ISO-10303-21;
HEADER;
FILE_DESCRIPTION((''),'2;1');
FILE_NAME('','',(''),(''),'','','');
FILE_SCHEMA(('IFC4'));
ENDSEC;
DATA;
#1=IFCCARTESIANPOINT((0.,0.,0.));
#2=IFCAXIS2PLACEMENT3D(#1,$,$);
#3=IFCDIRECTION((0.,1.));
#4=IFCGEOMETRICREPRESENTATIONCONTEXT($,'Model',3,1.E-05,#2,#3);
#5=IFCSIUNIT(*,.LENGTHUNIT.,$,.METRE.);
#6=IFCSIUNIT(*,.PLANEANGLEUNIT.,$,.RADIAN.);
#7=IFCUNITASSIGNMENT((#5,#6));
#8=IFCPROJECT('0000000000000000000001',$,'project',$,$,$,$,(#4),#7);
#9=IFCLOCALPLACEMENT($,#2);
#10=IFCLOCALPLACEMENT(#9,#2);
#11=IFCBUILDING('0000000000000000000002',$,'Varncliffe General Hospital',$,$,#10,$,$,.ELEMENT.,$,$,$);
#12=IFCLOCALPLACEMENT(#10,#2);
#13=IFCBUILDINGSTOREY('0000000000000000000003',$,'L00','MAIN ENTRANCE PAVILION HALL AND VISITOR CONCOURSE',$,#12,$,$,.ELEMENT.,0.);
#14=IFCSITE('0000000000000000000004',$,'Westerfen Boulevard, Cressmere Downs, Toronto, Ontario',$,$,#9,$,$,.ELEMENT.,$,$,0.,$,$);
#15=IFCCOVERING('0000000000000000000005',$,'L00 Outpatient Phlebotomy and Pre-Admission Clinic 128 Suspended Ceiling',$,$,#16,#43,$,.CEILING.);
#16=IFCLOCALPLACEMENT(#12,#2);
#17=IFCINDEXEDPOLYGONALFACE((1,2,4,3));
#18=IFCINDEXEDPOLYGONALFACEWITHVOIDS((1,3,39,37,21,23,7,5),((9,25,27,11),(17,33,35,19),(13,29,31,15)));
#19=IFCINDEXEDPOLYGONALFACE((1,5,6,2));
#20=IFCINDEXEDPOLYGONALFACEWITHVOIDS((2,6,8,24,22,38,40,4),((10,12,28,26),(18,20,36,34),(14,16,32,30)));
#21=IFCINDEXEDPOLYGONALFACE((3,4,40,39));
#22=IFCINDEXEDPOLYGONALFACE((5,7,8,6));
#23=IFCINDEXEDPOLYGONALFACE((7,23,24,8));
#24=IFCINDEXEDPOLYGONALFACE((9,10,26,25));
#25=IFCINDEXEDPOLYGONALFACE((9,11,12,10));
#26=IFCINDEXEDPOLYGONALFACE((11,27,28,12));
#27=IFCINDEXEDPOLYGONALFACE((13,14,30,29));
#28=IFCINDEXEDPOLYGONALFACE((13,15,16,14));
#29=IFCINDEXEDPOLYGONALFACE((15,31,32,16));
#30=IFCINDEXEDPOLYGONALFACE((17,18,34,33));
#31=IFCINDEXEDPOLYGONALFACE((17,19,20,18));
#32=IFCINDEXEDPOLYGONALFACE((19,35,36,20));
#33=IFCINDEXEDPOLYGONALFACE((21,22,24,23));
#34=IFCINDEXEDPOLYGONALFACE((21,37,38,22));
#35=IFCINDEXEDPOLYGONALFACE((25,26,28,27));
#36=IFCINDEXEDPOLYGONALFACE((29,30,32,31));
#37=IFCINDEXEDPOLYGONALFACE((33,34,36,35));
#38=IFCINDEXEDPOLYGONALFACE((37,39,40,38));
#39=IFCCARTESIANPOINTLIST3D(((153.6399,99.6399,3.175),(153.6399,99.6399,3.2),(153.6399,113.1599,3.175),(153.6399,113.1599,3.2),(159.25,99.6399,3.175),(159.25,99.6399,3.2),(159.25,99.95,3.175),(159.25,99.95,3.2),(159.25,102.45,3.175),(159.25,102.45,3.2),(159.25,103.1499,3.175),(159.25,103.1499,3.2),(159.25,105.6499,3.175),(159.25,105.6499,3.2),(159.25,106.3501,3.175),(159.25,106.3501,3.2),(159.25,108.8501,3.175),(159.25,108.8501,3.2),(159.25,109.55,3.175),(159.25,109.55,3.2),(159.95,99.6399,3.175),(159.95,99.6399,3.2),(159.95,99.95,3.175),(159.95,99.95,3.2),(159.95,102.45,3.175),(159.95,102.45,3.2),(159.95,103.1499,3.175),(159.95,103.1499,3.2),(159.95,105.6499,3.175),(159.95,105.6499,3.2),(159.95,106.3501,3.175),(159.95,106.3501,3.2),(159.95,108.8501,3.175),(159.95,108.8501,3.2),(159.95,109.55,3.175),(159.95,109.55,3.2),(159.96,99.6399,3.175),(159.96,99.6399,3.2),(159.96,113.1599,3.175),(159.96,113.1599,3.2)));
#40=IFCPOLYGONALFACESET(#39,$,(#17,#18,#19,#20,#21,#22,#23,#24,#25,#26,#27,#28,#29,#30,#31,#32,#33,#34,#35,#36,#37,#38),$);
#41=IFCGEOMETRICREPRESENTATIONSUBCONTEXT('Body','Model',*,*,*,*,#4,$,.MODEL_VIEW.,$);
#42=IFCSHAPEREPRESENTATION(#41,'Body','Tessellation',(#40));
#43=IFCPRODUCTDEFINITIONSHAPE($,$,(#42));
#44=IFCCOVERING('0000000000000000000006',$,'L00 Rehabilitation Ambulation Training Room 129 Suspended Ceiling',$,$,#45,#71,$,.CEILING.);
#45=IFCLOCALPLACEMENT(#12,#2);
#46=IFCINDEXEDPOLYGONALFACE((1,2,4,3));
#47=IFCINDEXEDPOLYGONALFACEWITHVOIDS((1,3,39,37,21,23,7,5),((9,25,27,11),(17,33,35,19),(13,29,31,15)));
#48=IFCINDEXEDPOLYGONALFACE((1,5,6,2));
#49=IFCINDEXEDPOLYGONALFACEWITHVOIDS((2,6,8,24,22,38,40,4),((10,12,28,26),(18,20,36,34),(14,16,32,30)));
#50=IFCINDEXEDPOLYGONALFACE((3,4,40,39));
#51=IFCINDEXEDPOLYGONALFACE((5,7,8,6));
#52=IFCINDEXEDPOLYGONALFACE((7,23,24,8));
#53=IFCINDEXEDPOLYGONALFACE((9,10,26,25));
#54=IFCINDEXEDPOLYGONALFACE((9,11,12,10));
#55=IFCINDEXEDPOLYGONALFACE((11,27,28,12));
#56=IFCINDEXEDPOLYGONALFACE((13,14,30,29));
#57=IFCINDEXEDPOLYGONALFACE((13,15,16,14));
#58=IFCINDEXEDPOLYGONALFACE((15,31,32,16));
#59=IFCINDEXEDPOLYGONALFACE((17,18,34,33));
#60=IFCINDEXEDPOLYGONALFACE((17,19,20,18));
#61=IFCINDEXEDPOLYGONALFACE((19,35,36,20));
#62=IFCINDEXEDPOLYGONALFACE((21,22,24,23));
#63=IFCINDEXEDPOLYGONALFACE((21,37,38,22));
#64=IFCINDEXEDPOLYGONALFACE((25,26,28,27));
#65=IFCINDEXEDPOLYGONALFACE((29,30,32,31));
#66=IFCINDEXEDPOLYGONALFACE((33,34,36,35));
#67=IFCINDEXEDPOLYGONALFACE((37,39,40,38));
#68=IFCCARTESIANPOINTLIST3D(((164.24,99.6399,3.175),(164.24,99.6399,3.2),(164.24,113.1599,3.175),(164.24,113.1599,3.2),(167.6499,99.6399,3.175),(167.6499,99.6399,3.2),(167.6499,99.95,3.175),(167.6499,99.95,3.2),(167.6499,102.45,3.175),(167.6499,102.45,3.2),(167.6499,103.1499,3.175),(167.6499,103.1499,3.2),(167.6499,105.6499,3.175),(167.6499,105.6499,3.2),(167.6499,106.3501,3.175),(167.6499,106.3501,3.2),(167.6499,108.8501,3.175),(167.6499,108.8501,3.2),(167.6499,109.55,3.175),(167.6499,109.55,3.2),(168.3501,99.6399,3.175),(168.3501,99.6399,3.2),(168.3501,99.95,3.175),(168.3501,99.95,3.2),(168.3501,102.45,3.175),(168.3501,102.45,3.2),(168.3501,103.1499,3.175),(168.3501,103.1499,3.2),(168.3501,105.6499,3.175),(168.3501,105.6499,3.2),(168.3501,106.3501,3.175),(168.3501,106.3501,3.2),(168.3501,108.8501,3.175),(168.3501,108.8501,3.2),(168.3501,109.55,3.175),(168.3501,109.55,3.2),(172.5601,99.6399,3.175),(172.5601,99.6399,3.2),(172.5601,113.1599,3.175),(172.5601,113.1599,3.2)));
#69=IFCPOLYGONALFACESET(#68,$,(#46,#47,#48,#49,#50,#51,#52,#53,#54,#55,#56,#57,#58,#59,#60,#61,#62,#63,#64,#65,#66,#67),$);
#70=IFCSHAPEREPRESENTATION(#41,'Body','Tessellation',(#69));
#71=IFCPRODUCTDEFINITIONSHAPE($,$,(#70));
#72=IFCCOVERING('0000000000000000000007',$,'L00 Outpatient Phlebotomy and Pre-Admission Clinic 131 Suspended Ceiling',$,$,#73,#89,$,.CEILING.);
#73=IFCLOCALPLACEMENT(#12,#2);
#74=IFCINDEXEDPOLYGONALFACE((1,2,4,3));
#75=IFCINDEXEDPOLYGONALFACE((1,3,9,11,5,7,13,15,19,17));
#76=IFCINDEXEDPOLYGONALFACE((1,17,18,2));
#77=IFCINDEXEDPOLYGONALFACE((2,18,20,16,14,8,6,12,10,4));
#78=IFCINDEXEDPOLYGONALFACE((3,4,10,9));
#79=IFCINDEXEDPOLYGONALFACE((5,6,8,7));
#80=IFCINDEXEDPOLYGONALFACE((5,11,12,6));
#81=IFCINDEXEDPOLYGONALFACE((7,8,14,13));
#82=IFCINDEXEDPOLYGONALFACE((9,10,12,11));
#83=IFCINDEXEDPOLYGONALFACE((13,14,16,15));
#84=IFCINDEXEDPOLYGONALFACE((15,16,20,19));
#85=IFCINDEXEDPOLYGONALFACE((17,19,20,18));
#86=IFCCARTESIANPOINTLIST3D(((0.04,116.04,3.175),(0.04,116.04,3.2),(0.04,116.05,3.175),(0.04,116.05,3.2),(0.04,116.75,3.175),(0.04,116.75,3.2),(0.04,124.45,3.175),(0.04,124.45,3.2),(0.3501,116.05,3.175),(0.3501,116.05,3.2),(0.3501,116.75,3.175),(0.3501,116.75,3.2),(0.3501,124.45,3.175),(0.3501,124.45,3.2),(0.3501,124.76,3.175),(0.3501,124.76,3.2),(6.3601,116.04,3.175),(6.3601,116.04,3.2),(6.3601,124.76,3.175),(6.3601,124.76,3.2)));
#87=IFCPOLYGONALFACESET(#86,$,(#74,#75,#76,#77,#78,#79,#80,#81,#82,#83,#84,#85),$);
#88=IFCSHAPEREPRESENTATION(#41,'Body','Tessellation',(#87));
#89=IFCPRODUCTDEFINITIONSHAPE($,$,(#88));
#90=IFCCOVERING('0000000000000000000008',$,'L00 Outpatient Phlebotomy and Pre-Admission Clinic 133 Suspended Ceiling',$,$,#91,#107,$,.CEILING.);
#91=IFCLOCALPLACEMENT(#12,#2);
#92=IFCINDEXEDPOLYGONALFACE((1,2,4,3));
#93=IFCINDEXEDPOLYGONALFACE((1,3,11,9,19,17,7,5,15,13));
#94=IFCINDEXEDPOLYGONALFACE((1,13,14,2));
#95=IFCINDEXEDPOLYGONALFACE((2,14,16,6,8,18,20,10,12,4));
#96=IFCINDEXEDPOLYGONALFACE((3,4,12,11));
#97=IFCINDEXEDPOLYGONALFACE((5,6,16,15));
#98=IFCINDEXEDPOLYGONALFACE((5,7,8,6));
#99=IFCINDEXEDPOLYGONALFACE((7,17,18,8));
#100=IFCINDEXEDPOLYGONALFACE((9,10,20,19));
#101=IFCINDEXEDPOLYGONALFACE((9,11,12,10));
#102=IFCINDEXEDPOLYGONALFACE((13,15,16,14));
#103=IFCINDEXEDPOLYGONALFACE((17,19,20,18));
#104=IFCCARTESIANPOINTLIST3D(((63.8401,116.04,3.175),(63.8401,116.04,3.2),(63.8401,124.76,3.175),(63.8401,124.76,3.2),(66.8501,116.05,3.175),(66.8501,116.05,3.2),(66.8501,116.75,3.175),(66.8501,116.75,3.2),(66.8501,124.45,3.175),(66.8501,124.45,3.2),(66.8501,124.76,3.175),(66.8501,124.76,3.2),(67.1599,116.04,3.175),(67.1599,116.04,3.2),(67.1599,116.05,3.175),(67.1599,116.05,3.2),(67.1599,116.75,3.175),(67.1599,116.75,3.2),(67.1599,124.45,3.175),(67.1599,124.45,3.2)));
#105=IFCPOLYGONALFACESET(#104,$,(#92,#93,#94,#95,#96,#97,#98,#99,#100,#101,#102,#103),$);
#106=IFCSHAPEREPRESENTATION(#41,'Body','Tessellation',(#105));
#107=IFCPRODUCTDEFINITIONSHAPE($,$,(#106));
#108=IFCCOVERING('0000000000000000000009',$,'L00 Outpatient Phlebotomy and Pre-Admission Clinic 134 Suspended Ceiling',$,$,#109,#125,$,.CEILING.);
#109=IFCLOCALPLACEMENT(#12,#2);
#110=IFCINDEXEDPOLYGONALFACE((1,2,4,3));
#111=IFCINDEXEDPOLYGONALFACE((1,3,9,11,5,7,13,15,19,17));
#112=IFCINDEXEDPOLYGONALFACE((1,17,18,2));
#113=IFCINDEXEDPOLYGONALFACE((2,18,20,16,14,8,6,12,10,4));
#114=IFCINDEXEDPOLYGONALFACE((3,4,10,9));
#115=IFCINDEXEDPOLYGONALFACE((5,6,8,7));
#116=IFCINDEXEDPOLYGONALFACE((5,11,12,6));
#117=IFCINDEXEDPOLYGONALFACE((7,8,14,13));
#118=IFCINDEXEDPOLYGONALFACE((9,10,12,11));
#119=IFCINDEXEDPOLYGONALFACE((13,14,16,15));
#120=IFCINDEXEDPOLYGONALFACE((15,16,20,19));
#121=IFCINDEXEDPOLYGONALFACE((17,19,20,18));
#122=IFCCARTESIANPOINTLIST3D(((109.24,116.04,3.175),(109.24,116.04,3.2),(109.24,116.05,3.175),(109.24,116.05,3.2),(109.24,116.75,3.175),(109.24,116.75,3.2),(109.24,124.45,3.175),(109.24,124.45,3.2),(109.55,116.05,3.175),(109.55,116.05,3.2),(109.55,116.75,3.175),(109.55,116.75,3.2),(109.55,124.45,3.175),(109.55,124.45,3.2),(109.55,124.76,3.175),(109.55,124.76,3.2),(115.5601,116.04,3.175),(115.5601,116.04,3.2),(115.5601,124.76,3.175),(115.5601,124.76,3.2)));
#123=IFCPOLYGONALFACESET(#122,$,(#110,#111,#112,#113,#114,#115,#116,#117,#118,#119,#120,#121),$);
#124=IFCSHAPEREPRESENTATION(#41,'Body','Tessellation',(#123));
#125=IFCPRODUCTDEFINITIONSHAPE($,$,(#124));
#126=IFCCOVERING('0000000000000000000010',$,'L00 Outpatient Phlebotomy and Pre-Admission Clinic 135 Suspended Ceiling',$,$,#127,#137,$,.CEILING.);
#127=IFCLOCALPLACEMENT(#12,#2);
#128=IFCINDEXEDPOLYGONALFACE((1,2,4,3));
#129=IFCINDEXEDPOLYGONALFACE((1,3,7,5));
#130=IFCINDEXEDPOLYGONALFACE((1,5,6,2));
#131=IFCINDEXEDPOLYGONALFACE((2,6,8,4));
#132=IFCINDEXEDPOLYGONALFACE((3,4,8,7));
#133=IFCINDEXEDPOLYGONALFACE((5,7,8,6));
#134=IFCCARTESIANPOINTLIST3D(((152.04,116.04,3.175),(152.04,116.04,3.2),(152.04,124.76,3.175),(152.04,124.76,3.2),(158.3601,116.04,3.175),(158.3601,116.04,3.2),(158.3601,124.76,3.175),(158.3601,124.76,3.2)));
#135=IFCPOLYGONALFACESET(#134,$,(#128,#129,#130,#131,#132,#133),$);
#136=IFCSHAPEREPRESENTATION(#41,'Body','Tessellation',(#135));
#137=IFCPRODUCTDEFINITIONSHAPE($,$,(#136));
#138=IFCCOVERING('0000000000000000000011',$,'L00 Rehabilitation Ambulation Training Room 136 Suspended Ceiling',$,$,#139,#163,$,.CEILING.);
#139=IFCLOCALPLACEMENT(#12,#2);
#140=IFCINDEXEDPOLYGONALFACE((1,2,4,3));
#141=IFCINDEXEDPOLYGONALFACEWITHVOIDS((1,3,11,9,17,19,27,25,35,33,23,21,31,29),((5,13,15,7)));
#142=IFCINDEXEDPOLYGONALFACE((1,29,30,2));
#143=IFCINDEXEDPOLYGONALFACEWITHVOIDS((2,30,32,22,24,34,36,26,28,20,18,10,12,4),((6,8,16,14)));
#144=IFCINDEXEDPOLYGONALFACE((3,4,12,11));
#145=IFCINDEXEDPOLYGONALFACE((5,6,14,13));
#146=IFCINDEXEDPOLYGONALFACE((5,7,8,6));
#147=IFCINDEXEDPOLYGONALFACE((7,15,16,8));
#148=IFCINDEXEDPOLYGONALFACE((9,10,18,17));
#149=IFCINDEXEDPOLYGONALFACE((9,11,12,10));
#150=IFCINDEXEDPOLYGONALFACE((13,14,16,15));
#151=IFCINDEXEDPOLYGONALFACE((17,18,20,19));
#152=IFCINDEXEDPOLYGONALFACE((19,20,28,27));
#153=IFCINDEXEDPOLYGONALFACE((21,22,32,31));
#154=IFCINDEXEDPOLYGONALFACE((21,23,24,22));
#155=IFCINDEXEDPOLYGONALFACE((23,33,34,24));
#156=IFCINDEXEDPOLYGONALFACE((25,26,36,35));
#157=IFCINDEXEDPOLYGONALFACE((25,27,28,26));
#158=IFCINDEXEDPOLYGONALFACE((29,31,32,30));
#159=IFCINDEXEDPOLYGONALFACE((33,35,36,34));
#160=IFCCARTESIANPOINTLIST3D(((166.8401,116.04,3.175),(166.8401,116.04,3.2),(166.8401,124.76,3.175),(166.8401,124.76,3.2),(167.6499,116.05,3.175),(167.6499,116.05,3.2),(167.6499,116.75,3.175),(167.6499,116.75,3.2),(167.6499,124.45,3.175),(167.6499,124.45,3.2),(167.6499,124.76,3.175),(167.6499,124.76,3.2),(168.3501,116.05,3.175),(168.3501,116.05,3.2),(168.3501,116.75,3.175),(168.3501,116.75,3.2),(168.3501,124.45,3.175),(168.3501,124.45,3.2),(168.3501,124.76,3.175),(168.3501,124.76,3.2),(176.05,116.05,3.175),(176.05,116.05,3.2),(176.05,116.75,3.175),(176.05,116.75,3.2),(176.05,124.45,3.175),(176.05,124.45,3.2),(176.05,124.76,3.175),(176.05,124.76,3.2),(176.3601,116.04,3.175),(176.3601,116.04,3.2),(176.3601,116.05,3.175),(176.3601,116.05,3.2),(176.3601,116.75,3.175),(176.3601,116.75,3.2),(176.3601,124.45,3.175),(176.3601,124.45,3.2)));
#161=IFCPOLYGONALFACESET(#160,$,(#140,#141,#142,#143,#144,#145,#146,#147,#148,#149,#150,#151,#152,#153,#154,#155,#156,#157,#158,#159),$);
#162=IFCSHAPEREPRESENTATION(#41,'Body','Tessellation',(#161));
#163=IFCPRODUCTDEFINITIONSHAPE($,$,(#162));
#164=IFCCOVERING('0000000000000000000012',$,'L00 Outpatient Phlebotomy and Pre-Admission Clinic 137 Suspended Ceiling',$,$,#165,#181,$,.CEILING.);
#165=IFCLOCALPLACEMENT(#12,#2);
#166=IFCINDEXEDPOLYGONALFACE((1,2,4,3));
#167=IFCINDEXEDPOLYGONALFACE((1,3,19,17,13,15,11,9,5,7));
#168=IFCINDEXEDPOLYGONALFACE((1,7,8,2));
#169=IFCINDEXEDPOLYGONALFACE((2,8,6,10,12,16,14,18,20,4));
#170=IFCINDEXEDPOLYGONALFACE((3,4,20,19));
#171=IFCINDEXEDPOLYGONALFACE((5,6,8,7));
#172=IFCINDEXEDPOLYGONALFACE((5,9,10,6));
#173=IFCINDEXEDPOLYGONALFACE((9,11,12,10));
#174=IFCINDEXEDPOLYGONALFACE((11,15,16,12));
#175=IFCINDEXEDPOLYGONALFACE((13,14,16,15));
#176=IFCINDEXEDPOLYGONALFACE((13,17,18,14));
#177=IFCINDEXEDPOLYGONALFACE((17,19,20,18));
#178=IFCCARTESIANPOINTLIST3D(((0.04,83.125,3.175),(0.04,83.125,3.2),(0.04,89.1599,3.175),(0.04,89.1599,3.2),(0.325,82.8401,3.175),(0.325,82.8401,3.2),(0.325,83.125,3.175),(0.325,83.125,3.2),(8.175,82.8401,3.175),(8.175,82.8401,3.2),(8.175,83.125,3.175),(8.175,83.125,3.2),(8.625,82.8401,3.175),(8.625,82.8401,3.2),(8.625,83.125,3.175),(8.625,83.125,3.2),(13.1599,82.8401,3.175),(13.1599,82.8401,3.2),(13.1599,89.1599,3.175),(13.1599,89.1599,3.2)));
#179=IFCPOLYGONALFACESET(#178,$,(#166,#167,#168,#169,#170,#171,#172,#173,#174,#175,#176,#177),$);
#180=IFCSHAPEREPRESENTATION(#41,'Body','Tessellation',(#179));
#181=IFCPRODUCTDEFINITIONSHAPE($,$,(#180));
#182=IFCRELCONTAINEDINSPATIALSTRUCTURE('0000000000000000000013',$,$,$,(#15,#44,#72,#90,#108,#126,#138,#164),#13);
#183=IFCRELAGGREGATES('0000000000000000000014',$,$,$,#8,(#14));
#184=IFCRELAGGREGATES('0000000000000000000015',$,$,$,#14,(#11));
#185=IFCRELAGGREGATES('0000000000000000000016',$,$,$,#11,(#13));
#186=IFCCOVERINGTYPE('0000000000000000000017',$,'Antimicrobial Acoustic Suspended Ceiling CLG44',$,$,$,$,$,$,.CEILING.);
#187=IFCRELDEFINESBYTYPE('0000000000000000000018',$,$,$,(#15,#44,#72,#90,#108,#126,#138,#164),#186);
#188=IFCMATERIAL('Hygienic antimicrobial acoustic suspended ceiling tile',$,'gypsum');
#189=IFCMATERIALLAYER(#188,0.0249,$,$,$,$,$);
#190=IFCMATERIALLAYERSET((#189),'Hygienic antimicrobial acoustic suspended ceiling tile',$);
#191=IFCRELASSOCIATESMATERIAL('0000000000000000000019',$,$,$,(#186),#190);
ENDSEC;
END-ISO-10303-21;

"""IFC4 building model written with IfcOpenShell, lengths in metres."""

from ifc_helpers import new_model, si_unit, direction, frame, origin, place, context, subcontext, project, spatial, polyline, outline, extrude, material, layer, layer_set, type_object, element, save


model = new_model("IFC4")

# Units and contexts
model_context = context("Model", 3, precision=1e-05, world=origin(), true_north=direction((0.0, 1.0)))
body_context = subcontext(model_context, "Body", "Model", "MODEL_VIEW")
ifc_project = project(units=[si_unit("LENGTHUNIT", "METRE"), si_unit("PLANEANGLEUNIT", "RADIAN")], contexts=[model_context])

# Site, building, storey
site_placement = place(None, origin())
site = spatial("IfcSite", under=ifc_project, at=site_placement, Name="Westerfen Boulevard, Cressmere Downs, Toronto, Ontario", CompositionType="ELEMENT", RefElevation=0.0)
building_placement = place(site_placement, origin())
building = spatial("IfcBuilding", under=site, at=building_placement, Name="Varncliffe General Hospital", CompositionType="ELEMENT")
storey_placement = place(building_placement, origin())
storey = spatial("IfcBuildingStorey", under=building, at=storey_placement, Name="L00", Description="MAIN ENTRANCE PAVILION HALL AND VISITOR CONCOURSE", CompositionType="ELEMENT", Elevation=0.0)

# Coverings
ifc_material_1 = material(Name="Hygienic antimicrobial acoustic suspended ceiling tile", Category="gypsum")
ifc_layer_1 = layer(ifc_material_1, 0.0249)
ifc_layer_set_1 = layer_set([ifc_layer_1], Name="Hygienic antimicrobial acoustic suspended ceiling tile")
covering_type_1 = type_object("IfcCoveringType", Name="Antimicrobial Acoustic Suspended Ceiling CLG44", PredefinedType="CEILING", material=ifc_layer_set_1)
covering_1_placement = place(storey_placement, frame((0.0, 0.0, 3.175)))
element("IfcCovering", 1, at=covering_1_placement, inside=storey, type_object=covering_type_1, Name="L00 Outpatient Phlebotomy and Pre-Admission Clinic 128 Suspended Ceiling", PredefinedType="CEILING", context=body_context, shape_type="SweptSolid", body=[
    extrude(outline(polyline([(153.6399, 99.6399), (153.6399, 113.1599), (159.96, 113.1599), (159.96, 99.6399), (159.95, 99.6399), (159.95, 99.95), (159.25, 99.95), (159.25, 99.6399), (153.6399, 99.6399)]), holes=[polyline([(159.95, 102.45), (159.95, 103.1499), (159.25, 103.1499), (159.25, 102.45), (159.95, 102.45)]), polyline([(159.95, 105.6499), (159.95, 106.3501), (159.25, 106.3501), (159.25, 105.6499), (159.95, 105.6499)]), polyline([(159.95, 108.8501), (159.95, 109.55), (159.25, 109.55), (159.25, 108.8501), (159.95, 108.8501)])]), origin(), (0.0, 0.0, 1.0), 0.0249),
])
covering_2_placement = place(storey_placement, frame((0.0, 0.0, 3.175)))
element("IfcCovering", 2, at=covering_2_placement, inside=storey, type_object=covering_type_1, Name="L00 Rehabilitation Ambulation Training Room 129 Suspended Ceiling", PredefinedType="CEILING", context=body_context, shape_type="SweptSolid", body=[
    extrude(outline(polyline([(164.24, 99.6399), (164.24, 113.1599), (172.5601, 113.1599), (172.5601, 99.6399), (168.3501, 99.6399), (168.3501, 99.95), (167.6499, 99.95), (167.6499, 99.6399), (164.24, 99.6399)]), holes=[polyline([(168.3501, 102.45), (168.3501, 103.1499), (167.6499, 103.1499), (167.6499, 102.45), (168.3501, 102.45)]), polyline([(168.3501, 105.6499), (168.3501, 106.3501), (167.6499, 106.3501), (167.6499, 105.6499), (168.3501, 105.6499)]), polyline([(168.3501, 108.8501), (168.3501, 109.55), (167.6499, 109.55), (167.6499, 108.8501), (168.3501, 108.8501)])]), origin(), (0.0, 0.0, 1.0), 0.0249),
])
covering_3_placement = place(storey_placement, frame((0.0, 0.0, 3.175)))
element("IfcCovering", 3, at=covering_3_placement, inside=storey, type_object=covering_type_1, Name="L00 Outpatient Phlebotomy and Pre-Admission Clinic 131 Suspended Ceiling", PredefinedType="CEILING", context=body_context, shape_type="SweptSolid", body=[
    extrude(outline(polyline([(6.3601, 124.76), (6.3601, 116.04), (0.04, 116.04), (0.04, 116.05), (0.3501, 116.05), (0.3501, 116.75), (0.04, 116.75), (0.04, 124.45), (0.3501, 124.45), (0.3501, 124.76), (6.3601, 124.76)])), origin(), (0.0, 0.0, 1.0), 0.0249),
])
covering_4_placement = place(storey_placement, frame((0.0, 0.0, 3.175)))
element("IfcCovering", 4, at=covering_4_placement, inside=storey, type_object=covering_type_1, Name="L00 Outpatient Phlebotomy and Pre-Admission Clinic 133 Suspended Ceiling", PredefinedType="CEILING", context=body_context, shape_type="SweptSolid", body=[
    extrude(outline(polyline([(63.8401, 116.04), (63.8401, 124.76), (66.8501, 124.76), (66.8501, 124.45), (67.1599, 124.45), (67.1599, 116.75), (66.8501, 116.75), (66.8501, 116.05), (67.1599, 116.05), (67.1599, 116.04), (63.8401, 116.04)])), origin(), (0.0, 0.0, 1.0), 0.0249),
])
covering_5_placement = place(storey_placement, frame((0.0, 0.0, 3.175)))
element("IfcCovering", 5, at=covering_5_placement, inside=storey, type_object=covering_type_1, Name="L00 Outpatient Phlebotomy and Pre-Admission Clinic 134 Suspended Ceiling", PredefinedType="CEILING", context=body_context, shape_type="SweptSolid", body=[
    extrude(outline(polyline([(115.5601, 124.76), (115.5601, 116.04), (109.24, 116.04), (109.24, 116.05), (109.55, 116.05), (109.55, 116.75), (109.24, 116.75), (109.24, 124.45), (109.55, 124.45), (109.55, 124.76), (115.5601, 124.76)])), origin(), (0.0, 0.0, 1.0), 0.0249),
])
covering_6_placement = place(storey_placement, frame((0.0, 0.0, 3.175)))
element("IfcCovering", 6, at=covering_6_placement, inside=storey, type_object=covering_type_1, Name="L00 Outpatient Phlebotomy and Pre-Admission Clinic 135 Suspended Ceiling", PredefinedType="CEILING", context=body_context, shape_type="SweptSolid", body=[
    extrude(outline(polyline([(158.3601, 116.04), (158.3601, 124.76), (152.04, 124.76), (152.04, 116.04), (158.3601, 116.04)])), origin(), (0.0, 0.0, 1.0), 0.0249),
])
covering_7_placement = place(storey_placement, frame((0.0, 0.0, 3.175)))
element("IfcCovering", 7, at=covering_7_placement, inside=storey, type_object=covering_type_1, Name="L00 Rehabilitation Ambulation Training Room 136 Suspended Ceiling", PredefinedType="CEILING", context=body_context, shape_type="SweptSolid", body=[
    extrude(outline(polyline([(176.05, 116.75), (176.05, 116.05), (176.3601, 116.05), (176.3601, 116.04), (166.8401, 116.04), (166.8401, 124.76), (167.6499, 124.76), (167.6499, 124.45), (168.3501, 124.45), (168.3501, 124.76), (176.05, 124.76), (176.05, 124.45), (176.3601, 124.45), (176.3601, 116.75), (176.05, 116.75)]), holes=[polyline([(168.3501, 116.05), (168.3501, 116.75), (167.6499, 116.75), (167.6499, 116.05), (168.3501, 116.05)])]), origin(), (0.0, 0.0, 1.0), 0.0249),
])
covering_8_placement = place(storey_placement, frame((0.0, 0.0, 3.175)))
element("IfcCovering", 8, at=covering_8_placement, inside=storey, type_object=covering_type_1, Name="L00 Outpatient Phlebotomy and Pre-Admission Clinic 137 Suspended Ceiling", PredefinedType="CEILING", context=body_context, shape_type="SweptSolid", body=[
    extrude(outline(polyline([(13.1599, 89.1599), (13.1599, 82.8401), (8.625, 82.8401), (8.625, 83.125), (8.175, 83.125), (8.175, 82.8401), (0.325, 82.8401), (0.325, 83.125), (0.04, 83.125), (0.04, 89.1599), (13.1599, 89.1599)])), origin(), (0.0, 0.0, 1.0), 0.0249),
])

save(model, "model.ifc")
